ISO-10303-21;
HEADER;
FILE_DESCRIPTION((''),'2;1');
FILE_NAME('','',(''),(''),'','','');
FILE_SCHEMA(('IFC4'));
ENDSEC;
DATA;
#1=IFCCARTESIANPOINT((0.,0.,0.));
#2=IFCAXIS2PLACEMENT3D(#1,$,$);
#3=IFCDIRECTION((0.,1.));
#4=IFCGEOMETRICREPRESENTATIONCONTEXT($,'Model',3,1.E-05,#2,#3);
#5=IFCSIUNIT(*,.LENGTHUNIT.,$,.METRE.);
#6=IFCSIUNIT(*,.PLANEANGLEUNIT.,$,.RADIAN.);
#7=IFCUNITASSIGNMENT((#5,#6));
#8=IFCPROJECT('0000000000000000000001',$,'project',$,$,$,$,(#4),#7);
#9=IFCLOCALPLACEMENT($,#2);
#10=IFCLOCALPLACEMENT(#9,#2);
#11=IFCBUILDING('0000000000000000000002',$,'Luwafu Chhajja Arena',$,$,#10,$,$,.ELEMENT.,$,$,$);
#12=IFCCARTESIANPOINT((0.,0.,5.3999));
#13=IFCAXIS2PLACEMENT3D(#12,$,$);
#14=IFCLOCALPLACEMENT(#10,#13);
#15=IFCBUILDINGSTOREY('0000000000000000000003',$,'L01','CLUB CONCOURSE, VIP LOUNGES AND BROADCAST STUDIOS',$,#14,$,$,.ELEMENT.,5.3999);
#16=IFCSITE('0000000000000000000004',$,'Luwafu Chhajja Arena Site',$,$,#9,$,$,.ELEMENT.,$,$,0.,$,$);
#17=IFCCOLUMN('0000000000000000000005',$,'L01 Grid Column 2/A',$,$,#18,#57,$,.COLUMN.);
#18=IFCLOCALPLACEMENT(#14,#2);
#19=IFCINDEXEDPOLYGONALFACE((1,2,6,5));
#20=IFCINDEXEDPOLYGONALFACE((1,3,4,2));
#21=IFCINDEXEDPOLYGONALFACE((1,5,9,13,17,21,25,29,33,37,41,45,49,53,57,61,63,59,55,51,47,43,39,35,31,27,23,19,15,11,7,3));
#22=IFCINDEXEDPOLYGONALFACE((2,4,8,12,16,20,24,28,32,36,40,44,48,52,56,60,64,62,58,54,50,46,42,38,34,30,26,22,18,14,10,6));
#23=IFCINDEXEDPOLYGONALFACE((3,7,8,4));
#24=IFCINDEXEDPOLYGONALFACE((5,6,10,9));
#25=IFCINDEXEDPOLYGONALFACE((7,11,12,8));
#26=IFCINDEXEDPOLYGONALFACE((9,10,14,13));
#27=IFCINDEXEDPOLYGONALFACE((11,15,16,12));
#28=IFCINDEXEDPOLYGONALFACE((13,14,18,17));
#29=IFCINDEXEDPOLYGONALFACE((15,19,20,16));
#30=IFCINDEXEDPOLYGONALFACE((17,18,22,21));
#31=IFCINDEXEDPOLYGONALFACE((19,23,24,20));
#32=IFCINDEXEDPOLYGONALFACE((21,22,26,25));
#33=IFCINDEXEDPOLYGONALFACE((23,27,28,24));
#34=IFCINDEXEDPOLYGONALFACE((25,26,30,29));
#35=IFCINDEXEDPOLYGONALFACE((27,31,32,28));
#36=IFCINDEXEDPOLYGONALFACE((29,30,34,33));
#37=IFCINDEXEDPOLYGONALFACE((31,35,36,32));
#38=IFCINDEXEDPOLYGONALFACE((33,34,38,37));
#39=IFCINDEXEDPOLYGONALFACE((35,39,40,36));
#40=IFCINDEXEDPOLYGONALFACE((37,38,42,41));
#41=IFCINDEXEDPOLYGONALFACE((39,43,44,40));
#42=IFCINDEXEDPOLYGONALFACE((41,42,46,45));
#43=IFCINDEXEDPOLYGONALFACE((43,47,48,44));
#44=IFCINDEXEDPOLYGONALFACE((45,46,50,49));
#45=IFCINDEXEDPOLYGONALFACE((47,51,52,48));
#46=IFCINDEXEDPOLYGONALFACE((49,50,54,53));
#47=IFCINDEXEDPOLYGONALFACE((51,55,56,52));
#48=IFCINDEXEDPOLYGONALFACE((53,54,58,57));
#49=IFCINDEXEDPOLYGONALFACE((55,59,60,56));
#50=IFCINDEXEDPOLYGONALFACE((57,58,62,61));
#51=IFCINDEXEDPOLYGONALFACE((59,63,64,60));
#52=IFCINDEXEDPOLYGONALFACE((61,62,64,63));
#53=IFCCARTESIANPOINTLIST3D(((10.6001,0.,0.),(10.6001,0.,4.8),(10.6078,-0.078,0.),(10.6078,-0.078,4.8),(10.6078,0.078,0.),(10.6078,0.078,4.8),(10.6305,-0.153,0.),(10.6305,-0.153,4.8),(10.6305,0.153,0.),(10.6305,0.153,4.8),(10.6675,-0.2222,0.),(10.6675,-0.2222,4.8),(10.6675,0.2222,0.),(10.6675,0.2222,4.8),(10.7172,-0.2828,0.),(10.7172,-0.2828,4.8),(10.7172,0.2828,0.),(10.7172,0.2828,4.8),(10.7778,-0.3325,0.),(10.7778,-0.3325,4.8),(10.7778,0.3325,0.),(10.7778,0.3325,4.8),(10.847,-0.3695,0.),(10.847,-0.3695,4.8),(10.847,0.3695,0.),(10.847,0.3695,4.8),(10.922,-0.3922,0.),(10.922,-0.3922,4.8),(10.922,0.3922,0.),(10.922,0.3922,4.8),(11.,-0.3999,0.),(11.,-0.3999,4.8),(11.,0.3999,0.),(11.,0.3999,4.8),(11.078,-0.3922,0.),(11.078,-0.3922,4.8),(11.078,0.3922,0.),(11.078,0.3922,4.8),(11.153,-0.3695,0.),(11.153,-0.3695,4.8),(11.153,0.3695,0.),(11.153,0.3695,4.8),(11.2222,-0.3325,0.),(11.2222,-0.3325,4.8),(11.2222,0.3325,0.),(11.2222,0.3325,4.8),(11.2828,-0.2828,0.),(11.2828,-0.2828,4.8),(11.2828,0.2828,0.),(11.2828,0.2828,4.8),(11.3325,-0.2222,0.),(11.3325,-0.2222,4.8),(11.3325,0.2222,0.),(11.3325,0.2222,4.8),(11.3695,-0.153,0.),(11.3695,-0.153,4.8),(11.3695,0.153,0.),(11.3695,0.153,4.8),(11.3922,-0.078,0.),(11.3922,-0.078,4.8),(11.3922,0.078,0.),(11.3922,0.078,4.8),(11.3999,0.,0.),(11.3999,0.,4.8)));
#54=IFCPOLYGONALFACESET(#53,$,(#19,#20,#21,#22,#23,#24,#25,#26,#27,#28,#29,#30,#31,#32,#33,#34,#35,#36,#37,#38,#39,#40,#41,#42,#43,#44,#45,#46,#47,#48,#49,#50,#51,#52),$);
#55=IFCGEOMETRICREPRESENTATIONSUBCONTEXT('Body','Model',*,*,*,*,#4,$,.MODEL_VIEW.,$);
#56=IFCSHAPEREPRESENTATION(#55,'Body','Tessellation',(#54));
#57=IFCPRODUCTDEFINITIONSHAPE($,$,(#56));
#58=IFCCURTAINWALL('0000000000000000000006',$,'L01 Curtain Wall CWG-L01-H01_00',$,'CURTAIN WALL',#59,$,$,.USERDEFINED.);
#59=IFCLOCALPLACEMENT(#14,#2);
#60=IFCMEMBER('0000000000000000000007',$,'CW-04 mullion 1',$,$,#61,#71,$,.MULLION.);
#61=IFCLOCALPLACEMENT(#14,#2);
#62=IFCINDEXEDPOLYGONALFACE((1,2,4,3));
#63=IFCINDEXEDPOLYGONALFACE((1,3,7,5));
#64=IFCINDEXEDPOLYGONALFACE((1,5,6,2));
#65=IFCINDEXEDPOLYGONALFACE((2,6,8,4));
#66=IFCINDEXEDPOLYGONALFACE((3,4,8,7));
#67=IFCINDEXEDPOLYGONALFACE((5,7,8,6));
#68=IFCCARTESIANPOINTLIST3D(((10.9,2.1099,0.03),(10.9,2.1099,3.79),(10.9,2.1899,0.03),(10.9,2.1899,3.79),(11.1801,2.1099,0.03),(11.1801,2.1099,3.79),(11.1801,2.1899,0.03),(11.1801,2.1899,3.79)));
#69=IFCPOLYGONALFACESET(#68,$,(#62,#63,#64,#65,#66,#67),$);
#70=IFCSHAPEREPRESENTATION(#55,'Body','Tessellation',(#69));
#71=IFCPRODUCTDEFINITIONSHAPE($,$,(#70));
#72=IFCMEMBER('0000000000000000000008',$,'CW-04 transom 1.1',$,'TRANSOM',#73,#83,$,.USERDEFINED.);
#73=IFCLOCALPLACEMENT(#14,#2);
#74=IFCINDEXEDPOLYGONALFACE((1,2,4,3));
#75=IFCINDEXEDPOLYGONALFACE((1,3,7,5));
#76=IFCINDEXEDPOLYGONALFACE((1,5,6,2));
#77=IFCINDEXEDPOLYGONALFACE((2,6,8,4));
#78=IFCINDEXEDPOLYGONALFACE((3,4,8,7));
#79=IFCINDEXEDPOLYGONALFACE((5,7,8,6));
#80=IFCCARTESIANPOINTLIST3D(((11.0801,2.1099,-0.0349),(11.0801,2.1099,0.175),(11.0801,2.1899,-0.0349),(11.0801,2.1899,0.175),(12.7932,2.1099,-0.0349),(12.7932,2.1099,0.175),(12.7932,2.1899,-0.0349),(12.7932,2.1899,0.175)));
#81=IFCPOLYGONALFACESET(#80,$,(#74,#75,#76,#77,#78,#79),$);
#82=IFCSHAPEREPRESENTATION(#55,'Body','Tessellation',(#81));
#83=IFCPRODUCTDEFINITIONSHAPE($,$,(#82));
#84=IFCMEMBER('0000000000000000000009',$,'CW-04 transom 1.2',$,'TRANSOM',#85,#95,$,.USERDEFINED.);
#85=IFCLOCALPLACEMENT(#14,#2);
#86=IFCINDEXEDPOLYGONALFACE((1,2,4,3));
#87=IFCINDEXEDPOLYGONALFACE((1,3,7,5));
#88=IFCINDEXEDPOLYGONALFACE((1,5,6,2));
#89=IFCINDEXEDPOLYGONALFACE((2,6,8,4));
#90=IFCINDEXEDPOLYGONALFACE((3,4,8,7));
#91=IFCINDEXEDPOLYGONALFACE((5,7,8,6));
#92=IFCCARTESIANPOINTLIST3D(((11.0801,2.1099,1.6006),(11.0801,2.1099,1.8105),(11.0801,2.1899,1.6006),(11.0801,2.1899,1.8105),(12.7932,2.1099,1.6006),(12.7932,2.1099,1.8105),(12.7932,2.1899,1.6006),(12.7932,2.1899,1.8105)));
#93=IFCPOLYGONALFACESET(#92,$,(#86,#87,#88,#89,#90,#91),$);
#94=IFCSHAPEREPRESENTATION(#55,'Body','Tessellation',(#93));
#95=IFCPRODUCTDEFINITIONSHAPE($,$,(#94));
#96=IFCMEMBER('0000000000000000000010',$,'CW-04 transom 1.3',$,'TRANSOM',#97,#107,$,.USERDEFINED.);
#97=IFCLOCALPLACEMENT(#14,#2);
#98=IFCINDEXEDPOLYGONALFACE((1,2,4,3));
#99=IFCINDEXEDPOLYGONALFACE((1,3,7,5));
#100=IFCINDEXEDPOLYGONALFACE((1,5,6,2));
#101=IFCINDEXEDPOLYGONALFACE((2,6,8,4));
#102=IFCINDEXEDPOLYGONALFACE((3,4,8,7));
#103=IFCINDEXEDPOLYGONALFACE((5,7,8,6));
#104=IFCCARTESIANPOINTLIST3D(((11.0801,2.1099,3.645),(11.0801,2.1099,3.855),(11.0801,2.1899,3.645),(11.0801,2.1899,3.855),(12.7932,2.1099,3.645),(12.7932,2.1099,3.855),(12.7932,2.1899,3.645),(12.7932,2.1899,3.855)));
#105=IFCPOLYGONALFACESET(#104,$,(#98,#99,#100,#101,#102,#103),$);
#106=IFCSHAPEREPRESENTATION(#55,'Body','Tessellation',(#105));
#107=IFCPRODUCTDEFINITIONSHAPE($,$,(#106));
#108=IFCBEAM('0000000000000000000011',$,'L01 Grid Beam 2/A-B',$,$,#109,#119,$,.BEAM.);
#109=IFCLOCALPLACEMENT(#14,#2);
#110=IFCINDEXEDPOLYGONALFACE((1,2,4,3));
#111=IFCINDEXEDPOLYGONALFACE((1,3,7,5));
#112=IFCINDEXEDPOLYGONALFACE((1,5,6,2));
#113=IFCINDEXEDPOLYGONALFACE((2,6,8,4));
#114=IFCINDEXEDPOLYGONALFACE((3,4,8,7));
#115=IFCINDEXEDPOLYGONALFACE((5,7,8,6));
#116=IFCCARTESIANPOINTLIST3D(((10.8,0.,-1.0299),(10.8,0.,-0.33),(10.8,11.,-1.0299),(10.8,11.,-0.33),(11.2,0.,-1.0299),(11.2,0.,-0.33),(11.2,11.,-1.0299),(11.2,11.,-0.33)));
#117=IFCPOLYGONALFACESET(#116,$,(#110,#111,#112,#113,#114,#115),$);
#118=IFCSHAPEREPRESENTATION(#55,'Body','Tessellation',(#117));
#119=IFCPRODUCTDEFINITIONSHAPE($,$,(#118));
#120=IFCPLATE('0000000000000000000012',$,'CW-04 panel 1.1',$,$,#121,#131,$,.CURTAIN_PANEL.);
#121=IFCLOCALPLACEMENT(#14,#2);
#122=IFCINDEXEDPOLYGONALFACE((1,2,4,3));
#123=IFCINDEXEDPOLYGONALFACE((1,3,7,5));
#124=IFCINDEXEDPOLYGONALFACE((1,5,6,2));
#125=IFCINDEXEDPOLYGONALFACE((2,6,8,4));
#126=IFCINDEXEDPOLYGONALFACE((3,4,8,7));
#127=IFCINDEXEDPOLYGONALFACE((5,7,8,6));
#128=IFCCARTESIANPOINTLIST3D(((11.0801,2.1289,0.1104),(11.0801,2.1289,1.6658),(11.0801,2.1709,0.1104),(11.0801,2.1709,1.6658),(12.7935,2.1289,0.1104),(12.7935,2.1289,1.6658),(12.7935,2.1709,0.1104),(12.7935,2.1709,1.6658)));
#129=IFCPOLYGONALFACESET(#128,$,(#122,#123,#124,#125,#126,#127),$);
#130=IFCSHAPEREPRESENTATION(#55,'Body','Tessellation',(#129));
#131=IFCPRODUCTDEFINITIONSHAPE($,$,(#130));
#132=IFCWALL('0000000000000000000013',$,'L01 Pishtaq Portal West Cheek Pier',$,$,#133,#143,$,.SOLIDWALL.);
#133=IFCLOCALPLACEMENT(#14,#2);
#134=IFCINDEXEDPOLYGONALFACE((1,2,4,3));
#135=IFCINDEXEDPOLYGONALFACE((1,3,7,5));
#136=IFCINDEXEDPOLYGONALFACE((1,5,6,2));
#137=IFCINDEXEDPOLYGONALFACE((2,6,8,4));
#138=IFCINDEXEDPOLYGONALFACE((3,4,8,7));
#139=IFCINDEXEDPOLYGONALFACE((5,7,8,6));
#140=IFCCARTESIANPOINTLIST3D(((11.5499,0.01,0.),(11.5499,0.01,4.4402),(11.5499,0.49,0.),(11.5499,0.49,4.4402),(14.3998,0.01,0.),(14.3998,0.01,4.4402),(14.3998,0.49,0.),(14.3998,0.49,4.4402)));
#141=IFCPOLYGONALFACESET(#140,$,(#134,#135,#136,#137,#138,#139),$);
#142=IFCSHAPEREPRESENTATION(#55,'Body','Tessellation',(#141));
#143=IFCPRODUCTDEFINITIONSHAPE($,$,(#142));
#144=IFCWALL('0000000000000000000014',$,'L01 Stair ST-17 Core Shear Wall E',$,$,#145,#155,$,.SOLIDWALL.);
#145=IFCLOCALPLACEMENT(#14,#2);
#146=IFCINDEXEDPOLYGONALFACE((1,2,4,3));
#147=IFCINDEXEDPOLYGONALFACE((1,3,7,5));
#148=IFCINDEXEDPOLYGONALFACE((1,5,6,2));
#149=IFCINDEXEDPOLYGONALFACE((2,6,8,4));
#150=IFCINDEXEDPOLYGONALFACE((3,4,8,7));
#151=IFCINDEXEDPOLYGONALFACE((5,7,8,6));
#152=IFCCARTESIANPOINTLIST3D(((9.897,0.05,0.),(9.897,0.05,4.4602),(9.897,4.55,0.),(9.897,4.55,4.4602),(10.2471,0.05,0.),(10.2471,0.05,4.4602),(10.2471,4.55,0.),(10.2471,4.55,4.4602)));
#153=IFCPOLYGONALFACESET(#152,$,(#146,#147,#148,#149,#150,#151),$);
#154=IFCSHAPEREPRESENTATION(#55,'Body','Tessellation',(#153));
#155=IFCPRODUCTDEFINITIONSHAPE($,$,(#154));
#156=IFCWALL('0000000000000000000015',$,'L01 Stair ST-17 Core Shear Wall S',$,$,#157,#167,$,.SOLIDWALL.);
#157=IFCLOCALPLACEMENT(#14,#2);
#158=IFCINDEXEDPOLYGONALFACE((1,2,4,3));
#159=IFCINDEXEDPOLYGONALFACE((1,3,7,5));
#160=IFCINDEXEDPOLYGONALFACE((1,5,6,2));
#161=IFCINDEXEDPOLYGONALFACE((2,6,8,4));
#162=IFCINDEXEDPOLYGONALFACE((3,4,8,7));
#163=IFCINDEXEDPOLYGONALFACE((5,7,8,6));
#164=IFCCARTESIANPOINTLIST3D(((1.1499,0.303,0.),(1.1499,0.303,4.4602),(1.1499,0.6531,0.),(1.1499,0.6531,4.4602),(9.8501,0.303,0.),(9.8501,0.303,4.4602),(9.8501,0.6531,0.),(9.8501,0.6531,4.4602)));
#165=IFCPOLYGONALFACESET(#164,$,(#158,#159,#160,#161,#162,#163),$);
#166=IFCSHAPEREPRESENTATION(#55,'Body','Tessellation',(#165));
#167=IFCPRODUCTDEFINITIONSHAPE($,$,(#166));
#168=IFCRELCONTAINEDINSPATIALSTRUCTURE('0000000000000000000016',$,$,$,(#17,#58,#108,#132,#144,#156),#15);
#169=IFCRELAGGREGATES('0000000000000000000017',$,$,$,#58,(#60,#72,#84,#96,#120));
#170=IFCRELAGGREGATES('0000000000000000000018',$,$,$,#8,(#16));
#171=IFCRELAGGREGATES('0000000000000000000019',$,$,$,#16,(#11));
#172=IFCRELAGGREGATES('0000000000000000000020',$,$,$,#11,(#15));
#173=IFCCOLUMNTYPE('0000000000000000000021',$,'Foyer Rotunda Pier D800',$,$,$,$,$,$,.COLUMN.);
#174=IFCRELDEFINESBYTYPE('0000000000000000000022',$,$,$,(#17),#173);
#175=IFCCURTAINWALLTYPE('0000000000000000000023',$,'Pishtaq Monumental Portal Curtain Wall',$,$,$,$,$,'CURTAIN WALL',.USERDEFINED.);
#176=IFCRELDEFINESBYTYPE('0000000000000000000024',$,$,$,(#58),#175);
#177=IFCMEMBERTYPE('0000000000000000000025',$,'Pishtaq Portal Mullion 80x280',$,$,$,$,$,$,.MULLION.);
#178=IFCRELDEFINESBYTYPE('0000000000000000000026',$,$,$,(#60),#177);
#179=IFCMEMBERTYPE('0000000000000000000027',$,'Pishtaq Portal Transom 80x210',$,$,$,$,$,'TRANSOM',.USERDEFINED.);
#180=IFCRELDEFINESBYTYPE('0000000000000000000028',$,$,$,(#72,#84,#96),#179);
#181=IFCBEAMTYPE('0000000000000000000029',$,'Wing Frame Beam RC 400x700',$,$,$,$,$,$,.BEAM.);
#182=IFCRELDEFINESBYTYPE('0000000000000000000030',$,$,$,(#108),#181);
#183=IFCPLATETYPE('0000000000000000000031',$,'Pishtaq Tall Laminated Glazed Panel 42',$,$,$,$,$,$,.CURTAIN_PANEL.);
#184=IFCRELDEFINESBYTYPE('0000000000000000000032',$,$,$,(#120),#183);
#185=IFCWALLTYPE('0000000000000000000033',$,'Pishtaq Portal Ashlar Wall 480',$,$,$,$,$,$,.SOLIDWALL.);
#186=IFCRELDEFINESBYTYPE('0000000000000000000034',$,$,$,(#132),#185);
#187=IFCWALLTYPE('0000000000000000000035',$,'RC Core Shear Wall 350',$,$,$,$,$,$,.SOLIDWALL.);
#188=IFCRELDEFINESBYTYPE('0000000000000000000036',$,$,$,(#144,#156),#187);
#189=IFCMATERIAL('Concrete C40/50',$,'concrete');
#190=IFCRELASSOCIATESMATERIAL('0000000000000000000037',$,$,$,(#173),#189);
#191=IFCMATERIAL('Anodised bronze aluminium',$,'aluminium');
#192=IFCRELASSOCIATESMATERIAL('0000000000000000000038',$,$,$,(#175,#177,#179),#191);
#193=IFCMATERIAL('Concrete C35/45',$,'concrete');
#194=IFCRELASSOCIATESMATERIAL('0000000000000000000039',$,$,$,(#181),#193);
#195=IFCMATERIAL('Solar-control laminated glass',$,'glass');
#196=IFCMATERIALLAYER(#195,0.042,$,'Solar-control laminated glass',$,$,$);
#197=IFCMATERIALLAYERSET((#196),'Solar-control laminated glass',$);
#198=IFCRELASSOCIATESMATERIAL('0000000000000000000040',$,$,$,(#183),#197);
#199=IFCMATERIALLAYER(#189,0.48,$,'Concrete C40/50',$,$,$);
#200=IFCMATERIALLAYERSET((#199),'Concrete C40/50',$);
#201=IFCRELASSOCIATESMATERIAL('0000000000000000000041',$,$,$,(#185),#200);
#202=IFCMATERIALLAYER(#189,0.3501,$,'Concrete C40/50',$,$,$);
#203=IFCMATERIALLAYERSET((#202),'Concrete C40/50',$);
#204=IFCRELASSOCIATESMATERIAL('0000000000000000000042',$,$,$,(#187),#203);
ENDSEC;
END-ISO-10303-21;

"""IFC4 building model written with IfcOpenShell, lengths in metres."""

from ifc_helpers import new_model, si_unit, direction, frame, frame_2d, origin, origin_2d, place, context, subcontext, project, spatial, rectangle, circle, extrude, material, layer, layer_set, material_profile, profile_set, type_object, element, aggregate, save


model = new_model("IFC4")

# Units and contexts
model_context = context("Model", 3, precision=1e-05, world=origin(), true_north=direction((0.0, 1.0)))
body_context = subcontext(model_context, "Body", "Model", "MODEL_VIEW")
ifc_project = project(units=[si_unit("LENGTHUNIT", "METRE"), si_unit("PLANEANGLEUNIT", "RADIAN")], contexts=[model_context])

# Site, building, storey
site_placement = place(None, origin())
site = spatial("IfcSite", under=ifc_project, at=site_placement, Name="Luwafu Chhajja Arena Site", CompositionType="ELEMENT", RefElevation=0.0)
building_placement = place(site_placement, origin())
building = spatial("IfcBuilding", under=site, at=building_placement, Name="Luwafu Chhajja Arena", CompositionType="ELEMENT")
storey_placement = place(building_placement, frame((0.0, 0.0, 5.3999)))
storey = spatial("IfcBuildingStorey", under=building, at=storey_placement, Name="L01", Description="CLUB CONCOURSE, VIP LOUNGES AND BROADCAST STUDIOS", CompositionType="ELEMENT", Elevation=5.3999)

# Column
ifc_material_1 = material(Name="Concrete C40/50", Category="concrete")
ifc_material_profile_1 = material_profile(ifc_material_1, circle(Radius=0.3999, at=origin_2d()), Name="RC COL D800")
ifc_profile_set_1 = profile_set([ifc_material_profile_1], Name="Concrete C40/50")
column_type = type_object("IfcColumnType", Name="Foyer Rotunda Pier D800", PredefinedType="COLUMN", material=ifc_profile_set_1)
column_placement = place(storey_placement, frame((11.0, 0.0, 0.0), z_axis=(0.0, 0.0, 1.0), x_axis=(1.0, 0.0, 0.0)))
element("IfcColumn", 1, at=column_placement, inside=storey, type_object=column_type, Name="L01 Grid Column 2/A", PredefinedType="COLUMN", context=body_context, shape_type="SweptSolid", body=[
    extrude(circle(Radius=0.3999, at=origin_2d()), origin(), (0.0, 0.0, 1.0), 4.8),
])

# Curtain wall, members
ifc_material_2 = material(Name="Anodised bronze aluminium", Category="aluminium")
curtain_wall_type = type_object("IfcCurtainWallType", Name="Pishtaq Monumental Portal Curtain Wall", ElementType="CURTAIN WALL", PredefinedType="USERDEFINED", material=ifc_material_2)
curtain_wall_placement = place(storey_placement, origin())
curtain_wall = element("IfcCurtainWall", 2, at=curtain_wall_placement, inside=storey, type_object=curtain_wall_type, Name="L01 Curtain Wall CWG-L01-H01_00", ObjectType="CURTAIN WALL", PredefinedType="USERDEFINED")
ifc_material_profile_2 = material_profile(ifc_material_2, rectangle(XDim=0.0801, YDim=0.28, at=origin_2d()), Name="CWM 80x280")
ifc_profile_set_2 = profile_set([ifc_material_profile_2], Name="Anodised bronze aluminium")
member_type_1 = type_object("IfcMemberType", Name="Pishtaq Portal Mullion 80x280", PredefinedType="MULLION", material=ifc_profile_set_2)
member_1_placement = place(storey_placement, frame((11.04, 2.1499, 0.03), z_axis=(0.0, 0.0, 1.0), x_axis=(0.0, 1.0, 0.0)))
member_1 = element("IfcMember", 3, at=member_1_placement, type_object=member_type_1, Name="CW-04 mullion 1", PredefinedType="MULLION", context=body_context, shape_type="SweptSolid", body=[
    extrude(rectangle(XDim=0.0801, YDim=0.28, at=origin_2d()), origin(), (0.0, 0.0, 1.0), 3.76),
])
ifc_material_profile_3 = material_profile(ifc_material_2, rectangle(XDim=0.0801, YDim=0.21, at=origin_2d()), Name="CWT 80x210")
ifc_profile_set_3 = profile_set([ifc_material_profile_3], Name="Anodised bronze aluminium")
member_type_2 = type_object("IfcMemberType", Name="Pishtaq Portal Transom 80x210", ElementType="TRANSOM", PredefinedType="USERDEFINED", material=ifc_profile_set_3)
member_2_placement = place(storey_placement, frame((11.0801, 2.1499, 0.0701), z_axis=(1.0, 0.0, 0.0), x_axis=(0.0, 1.0, 0.0)))
member_2 = element("IfcMember", 4, at=member_2_placement, type_object=member_type_2, Name="CW-04 transom 1.1", ObjectType="TRANSOM", PredefinedType="USERDEFINED", context=body_context, shape_type="SweptSolid", body=[
    extrude(rectangle(XDim=0.0801, YDim=0.21, at=origin_2d()), origin(), (0.0, 0.0, 1.0), 1.7131),
])
member_3_placement = place(storey_placement, frame((11.0801, 2.1499, 1.7056), z_axis=(1.0, 0.0, 0.0), x_axis=(0.0, 1.0, 0.0)))
member_3 = element("IfcMember", 5, at=member_3_placement, type_object=member_type_2, Name="CW-04 transom 1.2", ObjectType="TRANSOM", PredefinedType="USERDEFINED", context=body_context, shape_type="SweptSolid", body=[
    extrude(rectangle(XDim=0.0801, YDim=0.21, at=origin_2d()), origin(), (0.0, 0.0, 1.0), 1.7131),
])
member_4_placement = place(storey_placement, frame((11.0801, 2.1499, 3.75), z_axis=(1.0, 0.0, 0.0), x_axis=(0.0, 1.0, 0.0)))
member_4 = element("IfcMember", 6, at=member_4_placement, type_object=member_type_2, Name="CW-04 transom 1.3", ObjectType="TRANSOM", PredefinedType="USERDEFINED", context=body_context, shape_type="SweptSolid", body=[
    extrude(rectangle(XDim=0.0801, YDim=0.21, at=origin_2d()), origin(), (0.0, 0.0, 1.0), 1.7131),
])

# Beam
ifc_material_3 = material(Name="Concrete C35/45", Category="concrete")
ifc_material_profile_4 = material_profile(ifc_material_3, rectangle(XDim=0.3999, YDim=0.7, at=origin_2d()), Name="RC 400x700")
ifc_profile_set_4 = profile_set([ifc_material_profile_4], Name="Concrete C35/45")
beam_type = type_object("IfcBeamType", Name="Wing Frame Beam RC 400x700", PredefinedType="BEAM", material=ifc_profile_set_4)
beam_placement = place(storey_placement, frame((11.0, 0.0, -0.6799), z_axis=(0.0, 1.0, 0.0), x_axis=(-1.0, 0.0, 0.0)))
element("IfcBeam", 7, at=beam_placement, inside=storey, type_object=beam_type, Name="L01 Grid Beam 2/A-B", PredefinedType="BEAM", context=body_context, shape_type="SweptSolid", body=[
    extrude(rectangle(XDim=0.3999, YDim=0.7, at=origin_2d()), origin(), (0.0, 0.0, 1.0), 11.0),
])

# Plate
ifc_material_4 = material(Name="Solar-control laminated glass", Category="glass")
ifc_layer_1 = layer(ifc_material_4, 0.042, Name="Solar-control laminated glass")
ifc_layer_set_1 = layer_set([ifc_layer_1], Name="Solar-control laminated glass")
plate_type = type_object("IfcPlateType", Name="Pishtaq Tall Laminated Glazed Panel 42", PredefinedType="CURTAIN_PANEL", material=ifc_layer_set_1)
plate_placement = place(storey_placement, frame((11.9368, 2.1499, 0.1104), z_axis=(0.0, 0.0, 1.0), x_axis=(1.0, 0.0, 0.0)))
plate = element("IfcPlate", 8, at=plate_placement, type_object=plate_type, Name="CW-04 panel 1.1", PredefinedType="CURTAIN_PANEL", context=body_context, shape_type="SweptSolid", body=[
    extrude(rectangle(XDim=1.7134, YDim=0.042, at=origin_2d()), origin(), (0.0, 0.0, 1.0), 1.5554),
])
aggregate(curtain_wall, [member_1, member_2, member_3, member_4, plate])

# Walls
ifc_layer_2 = layer(ifc_material_1, 0.48, Name="Concrete C40/50")
ifc_layer_set_2 = layer_set([ifc_layer_2], Name="Concrete C40/50")
wall_type_1 = type_object("IfcWallType", Name="Pishtaq Portal Ashlar Wall 480", PredefinedType="SOLIDWALL", material=ifc_layer_set_2)
wall_1_placement = place(storey_placement, frame((11.55, 0.25, 0.0), z_axis=(0.0, 0.0, 1.0), x_axis=(1.0, 0.0, 0.0)))
element("IfcWall", 9, at=wall_1_placement, inside=storey, type_object=wall_type_1, Name="L01 Pishtaq Portal West Cheek Pier", PredefinedType="SOLIDWALL", context=body_context, shape_type="SweptSolid", body=[
    extrude(rectangle(XDim=2.8499, YDim=0.48, at=frame_2d((1.4248, 0.0))), origin(), (0.0, 0.0, 1.0), 4.4402),
])
ifc_layer_3 = layer(ifc_material_1, 0.3501, Name="Concrete C40/50")
ifc_layer_set_3 = layer_set([ifc_layer_3], Name="Concrete C40/50")
wall_type_2 = type_object("IfcWallType", Name="RC Core Shear Wall 350", PredefinedType="SOLIDWALL", material=ifc_layer_set_3)
wall_2_placement = place(storey_placement, frame((10.072, 0.05, 0.0), z_axis=(0.0, 0.0, 1.0), x_axis=(0.0, 1.0, 0.0)))
element("IfcWall", 10, at=wall_2_placement, inside=storey, type_object=wall_type_2, Name="L01 Stair ST-17 Core Shear Wall E", PredefinedType="SOLIDWALL", context=body_context, shape_type="SweptSolid", body=[
    extrude(rectangle(XDim=4.5, YDim=0.3501, at=frame_2d((2.25, 0.0))), origin(), (0.0, 0.0, 1.0), 4.4602),
])
wall_3_placement = place(storey_placement, frame((1.1499, 0.478, 0.0), z_axis=(0.0, 0.0, 1.0), x_axis=(1.0, 0.0, 0.0)))
element("IfcWall", 11, at=wall_3_placement, inside=storey, type_object=wall_type_2, Name="L01 Stair ST-17 Core Shear Wall S", PredefinedType="SOLIDWALL", context=body_context, shape_type="SweptSolid", body=[
    extrude(rectangle(XDim=8.7002, YDim=0.3501, at=frame_2d((4.3501, 0.0))), origin(), (0.0, 0.0, 1.0), 4.4602),
])

save(model, "model.ifc")
